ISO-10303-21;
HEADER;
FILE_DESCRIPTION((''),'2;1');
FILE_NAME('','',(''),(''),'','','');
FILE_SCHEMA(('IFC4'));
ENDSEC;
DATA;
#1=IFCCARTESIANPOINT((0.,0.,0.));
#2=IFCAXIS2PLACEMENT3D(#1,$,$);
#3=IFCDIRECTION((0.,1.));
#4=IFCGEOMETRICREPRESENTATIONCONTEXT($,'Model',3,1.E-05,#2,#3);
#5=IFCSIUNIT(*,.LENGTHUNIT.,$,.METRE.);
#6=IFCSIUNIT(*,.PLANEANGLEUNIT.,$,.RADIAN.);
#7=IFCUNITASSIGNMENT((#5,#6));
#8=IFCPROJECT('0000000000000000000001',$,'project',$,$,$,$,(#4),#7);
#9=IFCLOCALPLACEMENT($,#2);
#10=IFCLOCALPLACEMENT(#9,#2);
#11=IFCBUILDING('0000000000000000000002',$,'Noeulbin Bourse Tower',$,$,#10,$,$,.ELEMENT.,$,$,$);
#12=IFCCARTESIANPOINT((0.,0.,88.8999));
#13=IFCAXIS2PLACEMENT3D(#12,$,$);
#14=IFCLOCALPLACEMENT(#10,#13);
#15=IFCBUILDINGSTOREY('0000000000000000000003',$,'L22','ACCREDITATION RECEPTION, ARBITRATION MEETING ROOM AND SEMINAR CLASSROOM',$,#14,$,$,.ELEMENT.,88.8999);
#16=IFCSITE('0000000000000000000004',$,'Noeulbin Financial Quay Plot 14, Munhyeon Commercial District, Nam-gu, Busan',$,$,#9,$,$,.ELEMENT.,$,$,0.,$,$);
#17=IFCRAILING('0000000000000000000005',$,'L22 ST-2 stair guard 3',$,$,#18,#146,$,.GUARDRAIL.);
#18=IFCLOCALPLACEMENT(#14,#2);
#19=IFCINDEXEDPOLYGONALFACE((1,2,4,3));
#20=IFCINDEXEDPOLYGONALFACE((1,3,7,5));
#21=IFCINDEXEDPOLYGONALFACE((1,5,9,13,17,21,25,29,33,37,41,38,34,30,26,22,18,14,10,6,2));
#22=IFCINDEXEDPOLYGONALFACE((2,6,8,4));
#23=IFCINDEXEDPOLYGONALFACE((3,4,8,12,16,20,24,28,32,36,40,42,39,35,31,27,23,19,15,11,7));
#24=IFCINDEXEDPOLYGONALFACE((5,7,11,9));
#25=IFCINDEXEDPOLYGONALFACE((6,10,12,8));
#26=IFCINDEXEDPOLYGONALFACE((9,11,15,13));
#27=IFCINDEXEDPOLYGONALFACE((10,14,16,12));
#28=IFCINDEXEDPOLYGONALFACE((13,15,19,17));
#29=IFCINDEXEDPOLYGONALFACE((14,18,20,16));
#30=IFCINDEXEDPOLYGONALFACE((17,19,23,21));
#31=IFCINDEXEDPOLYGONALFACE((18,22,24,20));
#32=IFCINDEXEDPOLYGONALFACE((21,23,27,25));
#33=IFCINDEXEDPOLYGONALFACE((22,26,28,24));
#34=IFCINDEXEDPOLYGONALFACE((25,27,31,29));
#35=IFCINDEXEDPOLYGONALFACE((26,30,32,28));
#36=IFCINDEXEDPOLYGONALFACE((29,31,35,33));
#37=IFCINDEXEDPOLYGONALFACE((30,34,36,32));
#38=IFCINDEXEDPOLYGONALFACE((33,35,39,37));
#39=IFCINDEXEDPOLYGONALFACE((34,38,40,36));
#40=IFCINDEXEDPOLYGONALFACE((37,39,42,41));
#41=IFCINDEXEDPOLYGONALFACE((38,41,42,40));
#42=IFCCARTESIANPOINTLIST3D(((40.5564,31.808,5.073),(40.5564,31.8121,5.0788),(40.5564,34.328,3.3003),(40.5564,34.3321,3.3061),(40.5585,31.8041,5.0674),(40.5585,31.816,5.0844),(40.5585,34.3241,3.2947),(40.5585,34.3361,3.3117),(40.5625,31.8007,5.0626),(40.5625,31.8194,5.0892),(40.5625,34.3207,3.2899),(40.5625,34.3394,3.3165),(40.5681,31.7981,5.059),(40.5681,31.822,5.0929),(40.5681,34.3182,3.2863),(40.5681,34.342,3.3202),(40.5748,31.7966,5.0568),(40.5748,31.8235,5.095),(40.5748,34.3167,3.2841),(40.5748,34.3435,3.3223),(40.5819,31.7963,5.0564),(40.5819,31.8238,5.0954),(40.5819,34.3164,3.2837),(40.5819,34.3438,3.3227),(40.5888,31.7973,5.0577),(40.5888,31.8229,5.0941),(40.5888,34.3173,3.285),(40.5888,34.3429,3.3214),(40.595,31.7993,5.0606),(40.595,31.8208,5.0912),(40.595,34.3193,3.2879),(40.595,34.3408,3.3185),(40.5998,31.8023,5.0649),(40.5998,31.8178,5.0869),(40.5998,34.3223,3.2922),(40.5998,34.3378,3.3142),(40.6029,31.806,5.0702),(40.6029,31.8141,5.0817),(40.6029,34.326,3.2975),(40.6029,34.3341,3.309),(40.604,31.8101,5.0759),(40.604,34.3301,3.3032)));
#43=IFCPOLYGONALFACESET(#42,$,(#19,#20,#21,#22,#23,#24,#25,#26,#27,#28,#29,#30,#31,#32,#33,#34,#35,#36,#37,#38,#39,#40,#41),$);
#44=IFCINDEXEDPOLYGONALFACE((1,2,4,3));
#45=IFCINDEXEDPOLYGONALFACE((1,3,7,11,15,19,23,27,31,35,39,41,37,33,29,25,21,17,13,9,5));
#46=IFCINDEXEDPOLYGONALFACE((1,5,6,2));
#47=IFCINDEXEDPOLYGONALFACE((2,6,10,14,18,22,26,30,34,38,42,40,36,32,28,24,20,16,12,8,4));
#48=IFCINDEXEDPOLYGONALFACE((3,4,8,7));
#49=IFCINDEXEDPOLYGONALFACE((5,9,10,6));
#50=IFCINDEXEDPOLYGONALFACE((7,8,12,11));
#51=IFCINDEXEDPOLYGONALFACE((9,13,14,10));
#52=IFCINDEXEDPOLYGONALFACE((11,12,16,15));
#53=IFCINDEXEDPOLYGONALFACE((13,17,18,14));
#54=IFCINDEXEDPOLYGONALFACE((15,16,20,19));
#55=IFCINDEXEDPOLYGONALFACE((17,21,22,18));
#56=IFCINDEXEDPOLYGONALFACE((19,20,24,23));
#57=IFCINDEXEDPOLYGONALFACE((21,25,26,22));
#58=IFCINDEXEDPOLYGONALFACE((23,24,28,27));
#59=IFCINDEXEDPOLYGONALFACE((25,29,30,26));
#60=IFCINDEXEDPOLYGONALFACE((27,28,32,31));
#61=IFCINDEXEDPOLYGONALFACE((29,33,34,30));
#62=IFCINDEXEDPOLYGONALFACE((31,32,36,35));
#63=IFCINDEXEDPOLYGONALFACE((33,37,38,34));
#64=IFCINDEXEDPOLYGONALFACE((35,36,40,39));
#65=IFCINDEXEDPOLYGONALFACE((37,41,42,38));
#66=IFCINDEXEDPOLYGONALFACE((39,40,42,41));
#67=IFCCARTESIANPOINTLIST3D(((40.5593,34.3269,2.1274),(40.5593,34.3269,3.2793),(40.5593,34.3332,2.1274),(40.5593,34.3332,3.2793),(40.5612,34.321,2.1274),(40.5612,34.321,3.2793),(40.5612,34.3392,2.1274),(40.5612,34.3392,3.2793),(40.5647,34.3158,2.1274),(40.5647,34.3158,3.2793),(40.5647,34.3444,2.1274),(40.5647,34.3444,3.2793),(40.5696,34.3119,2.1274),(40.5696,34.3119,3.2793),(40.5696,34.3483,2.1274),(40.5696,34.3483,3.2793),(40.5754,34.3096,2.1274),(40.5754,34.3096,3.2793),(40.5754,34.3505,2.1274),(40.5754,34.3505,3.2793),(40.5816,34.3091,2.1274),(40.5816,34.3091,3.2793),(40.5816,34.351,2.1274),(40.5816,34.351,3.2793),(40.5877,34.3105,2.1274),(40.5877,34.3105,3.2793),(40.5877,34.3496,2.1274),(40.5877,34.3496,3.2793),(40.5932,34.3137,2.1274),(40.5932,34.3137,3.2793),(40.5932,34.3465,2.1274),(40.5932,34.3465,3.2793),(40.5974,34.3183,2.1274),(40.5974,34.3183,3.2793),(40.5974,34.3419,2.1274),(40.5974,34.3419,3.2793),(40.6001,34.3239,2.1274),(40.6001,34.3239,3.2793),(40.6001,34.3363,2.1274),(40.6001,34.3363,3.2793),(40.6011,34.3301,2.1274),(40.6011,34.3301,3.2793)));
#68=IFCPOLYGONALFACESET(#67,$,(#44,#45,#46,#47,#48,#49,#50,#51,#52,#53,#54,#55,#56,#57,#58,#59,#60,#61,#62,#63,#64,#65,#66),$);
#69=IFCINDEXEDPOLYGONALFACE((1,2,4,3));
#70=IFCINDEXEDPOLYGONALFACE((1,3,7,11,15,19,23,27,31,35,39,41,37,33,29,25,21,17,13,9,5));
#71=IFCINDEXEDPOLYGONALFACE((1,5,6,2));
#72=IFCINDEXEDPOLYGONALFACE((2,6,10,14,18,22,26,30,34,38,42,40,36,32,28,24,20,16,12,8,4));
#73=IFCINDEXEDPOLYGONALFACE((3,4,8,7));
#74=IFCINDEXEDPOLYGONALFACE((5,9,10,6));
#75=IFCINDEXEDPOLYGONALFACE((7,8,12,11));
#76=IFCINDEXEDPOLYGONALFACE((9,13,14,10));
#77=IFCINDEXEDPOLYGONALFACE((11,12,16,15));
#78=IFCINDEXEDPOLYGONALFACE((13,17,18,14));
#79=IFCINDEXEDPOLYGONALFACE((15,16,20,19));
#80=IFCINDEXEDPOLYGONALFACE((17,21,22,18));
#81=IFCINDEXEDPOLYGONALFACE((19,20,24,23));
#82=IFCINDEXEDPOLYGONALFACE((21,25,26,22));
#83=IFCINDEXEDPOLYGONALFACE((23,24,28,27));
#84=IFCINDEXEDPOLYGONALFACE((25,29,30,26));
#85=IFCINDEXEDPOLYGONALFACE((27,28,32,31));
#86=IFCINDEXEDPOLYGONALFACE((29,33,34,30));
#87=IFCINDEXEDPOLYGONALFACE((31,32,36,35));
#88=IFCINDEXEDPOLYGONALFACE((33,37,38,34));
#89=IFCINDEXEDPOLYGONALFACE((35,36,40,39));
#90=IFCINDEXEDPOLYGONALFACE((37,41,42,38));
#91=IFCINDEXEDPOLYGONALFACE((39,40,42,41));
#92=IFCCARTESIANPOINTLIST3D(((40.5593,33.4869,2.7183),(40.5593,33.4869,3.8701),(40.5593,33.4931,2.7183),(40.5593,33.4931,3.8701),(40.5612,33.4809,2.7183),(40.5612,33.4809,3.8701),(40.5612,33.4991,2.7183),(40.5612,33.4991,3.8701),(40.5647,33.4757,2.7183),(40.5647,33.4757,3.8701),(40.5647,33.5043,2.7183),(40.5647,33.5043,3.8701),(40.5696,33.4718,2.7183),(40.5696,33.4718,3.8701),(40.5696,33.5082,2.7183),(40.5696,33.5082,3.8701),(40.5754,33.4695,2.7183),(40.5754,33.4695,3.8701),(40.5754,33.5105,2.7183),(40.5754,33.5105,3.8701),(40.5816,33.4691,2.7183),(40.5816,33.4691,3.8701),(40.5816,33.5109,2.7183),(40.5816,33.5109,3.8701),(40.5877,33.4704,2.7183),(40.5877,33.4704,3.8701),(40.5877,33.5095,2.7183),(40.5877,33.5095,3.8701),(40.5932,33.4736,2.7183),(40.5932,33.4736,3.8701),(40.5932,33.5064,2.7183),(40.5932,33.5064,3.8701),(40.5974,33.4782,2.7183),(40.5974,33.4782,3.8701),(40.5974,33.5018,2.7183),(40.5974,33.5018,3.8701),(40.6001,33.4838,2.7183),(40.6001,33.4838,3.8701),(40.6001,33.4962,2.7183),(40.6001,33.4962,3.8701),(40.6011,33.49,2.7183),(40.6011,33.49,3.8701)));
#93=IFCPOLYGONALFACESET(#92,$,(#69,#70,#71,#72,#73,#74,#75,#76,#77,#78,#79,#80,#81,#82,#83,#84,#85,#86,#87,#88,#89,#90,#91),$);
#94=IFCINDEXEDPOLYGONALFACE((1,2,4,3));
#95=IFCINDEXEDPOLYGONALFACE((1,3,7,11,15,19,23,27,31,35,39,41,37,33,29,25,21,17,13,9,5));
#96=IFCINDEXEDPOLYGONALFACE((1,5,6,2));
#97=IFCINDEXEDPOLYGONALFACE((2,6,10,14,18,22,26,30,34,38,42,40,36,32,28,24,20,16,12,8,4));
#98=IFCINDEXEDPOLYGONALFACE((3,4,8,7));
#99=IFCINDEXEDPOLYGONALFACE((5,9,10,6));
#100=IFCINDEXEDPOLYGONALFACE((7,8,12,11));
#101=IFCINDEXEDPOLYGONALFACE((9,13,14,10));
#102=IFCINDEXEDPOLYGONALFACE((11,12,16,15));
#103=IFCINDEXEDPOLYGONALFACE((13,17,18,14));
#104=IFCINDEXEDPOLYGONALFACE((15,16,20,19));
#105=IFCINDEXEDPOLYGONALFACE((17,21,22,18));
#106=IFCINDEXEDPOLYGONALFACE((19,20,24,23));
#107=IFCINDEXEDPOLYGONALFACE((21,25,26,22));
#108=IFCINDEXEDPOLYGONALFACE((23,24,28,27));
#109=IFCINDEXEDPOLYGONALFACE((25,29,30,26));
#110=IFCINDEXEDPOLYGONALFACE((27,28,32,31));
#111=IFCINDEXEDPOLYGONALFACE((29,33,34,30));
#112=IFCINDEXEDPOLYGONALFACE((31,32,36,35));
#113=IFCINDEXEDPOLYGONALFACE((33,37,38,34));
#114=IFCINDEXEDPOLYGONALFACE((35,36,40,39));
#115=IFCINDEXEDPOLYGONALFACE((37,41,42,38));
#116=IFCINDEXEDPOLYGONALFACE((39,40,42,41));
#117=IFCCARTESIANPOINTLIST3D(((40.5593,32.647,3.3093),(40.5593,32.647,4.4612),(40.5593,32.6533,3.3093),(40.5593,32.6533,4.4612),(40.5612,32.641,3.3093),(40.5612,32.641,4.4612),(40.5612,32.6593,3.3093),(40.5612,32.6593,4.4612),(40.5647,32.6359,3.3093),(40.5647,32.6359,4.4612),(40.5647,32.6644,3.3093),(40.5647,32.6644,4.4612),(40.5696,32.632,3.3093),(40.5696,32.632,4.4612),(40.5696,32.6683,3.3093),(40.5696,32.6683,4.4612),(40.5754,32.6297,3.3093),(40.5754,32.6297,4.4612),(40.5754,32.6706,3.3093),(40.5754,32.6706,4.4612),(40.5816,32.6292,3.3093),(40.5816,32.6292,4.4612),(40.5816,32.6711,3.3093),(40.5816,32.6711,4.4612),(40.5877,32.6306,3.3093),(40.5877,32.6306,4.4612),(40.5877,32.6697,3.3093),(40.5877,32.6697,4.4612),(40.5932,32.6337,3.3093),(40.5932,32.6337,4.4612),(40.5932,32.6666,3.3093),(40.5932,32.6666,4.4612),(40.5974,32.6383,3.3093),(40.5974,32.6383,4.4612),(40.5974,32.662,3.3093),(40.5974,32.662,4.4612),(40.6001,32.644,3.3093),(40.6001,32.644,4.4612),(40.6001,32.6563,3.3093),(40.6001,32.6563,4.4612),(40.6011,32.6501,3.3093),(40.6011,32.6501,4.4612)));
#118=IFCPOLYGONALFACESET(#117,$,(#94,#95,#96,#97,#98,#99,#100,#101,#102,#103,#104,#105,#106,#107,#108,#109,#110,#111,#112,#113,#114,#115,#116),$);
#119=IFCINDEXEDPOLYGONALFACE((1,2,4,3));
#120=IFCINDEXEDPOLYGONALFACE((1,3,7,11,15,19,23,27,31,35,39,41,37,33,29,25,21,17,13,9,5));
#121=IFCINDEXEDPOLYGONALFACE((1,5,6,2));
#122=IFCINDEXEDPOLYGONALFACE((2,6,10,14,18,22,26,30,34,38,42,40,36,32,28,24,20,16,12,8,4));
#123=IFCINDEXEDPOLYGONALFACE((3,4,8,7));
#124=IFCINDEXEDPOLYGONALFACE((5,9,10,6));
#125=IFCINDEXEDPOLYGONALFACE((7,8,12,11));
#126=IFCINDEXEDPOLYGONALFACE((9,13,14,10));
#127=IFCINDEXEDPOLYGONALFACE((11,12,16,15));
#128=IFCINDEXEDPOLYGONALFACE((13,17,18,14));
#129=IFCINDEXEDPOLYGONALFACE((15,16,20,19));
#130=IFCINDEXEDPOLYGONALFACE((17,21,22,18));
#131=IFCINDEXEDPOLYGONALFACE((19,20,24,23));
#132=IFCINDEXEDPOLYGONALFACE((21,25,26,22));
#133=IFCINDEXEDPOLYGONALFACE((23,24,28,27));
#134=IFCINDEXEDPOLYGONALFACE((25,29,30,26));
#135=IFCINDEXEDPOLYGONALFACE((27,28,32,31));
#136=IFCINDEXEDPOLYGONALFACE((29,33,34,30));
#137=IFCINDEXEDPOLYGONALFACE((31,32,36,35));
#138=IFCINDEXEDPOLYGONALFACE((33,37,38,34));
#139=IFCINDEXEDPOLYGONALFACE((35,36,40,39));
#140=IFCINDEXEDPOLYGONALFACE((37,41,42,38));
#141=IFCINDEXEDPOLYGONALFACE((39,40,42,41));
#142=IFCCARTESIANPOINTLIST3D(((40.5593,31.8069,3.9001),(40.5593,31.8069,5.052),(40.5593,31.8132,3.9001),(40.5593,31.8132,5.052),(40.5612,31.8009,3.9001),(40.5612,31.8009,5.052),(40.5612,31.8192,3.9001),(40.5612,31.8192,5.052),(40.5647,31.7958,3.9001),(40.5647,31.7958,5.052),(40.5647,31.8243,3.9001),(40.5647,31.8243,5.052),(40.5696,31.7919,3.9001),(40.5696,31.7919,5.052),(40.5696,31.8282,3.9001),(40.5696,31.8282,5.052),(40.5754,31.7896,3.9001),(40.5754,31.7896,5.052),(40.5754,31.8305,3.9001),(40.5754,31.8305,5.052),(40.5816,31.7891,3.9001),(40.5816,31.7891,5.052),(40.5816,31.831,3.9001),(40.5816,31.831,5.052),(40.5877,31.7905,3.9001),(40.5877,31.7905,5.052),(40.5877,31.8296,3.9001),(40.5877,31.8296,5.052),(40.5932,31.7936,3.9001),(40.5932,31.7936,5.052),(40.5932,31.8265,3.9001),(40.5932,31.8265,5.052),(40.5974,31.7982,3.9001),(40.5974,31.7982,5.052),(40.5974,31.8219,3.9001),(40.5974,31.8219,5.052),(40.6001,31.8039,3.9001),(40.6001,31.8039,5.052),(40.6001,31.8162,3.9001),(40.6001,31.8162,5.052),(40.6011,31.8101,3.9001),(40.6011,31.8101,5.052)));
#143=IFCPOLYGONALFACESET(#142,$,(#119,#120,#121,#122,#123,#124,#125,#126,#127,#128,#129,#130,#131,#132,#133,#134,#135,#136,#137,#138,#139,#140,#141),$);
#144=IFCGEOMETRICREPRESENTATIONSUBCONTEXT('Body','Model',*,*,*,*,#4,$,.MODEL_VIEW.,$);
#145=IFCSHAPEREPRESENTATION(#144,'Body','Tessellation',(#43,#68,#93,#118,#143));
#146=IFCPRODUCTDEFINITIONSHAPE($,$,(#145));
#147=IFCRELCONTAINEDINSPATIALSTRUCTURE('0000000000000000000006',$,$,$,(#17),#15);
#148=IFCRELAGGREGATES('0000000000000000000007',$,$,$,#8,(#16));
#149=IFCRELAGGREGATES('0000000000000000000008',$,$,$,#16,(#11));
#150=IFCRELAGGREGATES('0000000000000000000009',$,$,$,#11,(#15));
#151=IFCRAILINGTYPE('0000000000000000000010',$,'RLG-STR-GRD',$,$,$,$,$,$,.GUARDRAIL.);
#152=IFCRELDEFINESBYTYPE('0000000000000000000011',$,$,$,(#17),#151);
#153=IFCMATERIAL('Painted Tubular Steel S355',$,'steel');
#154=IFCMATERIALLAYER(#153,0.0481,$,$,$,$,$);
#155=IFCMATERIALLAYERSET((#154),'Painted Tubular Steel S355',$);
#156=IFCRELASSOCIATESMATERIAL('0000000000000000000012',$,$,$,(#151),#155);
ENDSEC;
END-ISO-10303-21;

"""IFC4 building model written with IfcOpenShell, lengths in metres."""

from ifc_helpers import new_model, si_unit, direction, frame, origin, origin_2d, place, context, subcontext, project, spatial, circle, extrude, material, layer, layer_set, type_object, element, save


model = new_model("IFC4")

# Units and contexts
model_context = context("Model", 3, precision=1e-05, world=origin(), true_north=direction((0.0, 1.0)))
body_context = subcontext(model_context, "Body", "Model", "MODEL_VIEW")
ifc_project = project(units=[si_unit("LENGTHUNIT", "METRE"), si_unit("PLANEANGLEUNIT", "RADIAN")], contexts=[model_context])

# Site, building, storey
site_placement = place(None, origin())
site = spatial("IfcSite", under=ifc_project, at=site_placement, Name="Noeulbin Financial Quay Plot 14, Munhyeon Commercial District, Nam-gu, Busan", CompositionType="ELEMENT", RefElevation=0.0)
building_placement = place(site_placement, origin())
building = spatial("IfcBuilding", under=site, at=building_placement, Name="Noeulbin Bourse Tower", CompositionType="ELEMENT")
storey_placement = place(building_placement, frame((0.0, 0.0, 88.8999)))
storey = spatial("IfcBuildingStorey", under=building, at=storey_placement, Name="L22", Description="ACCREDITATION RECEPTION, ARBITRATION MEETING ROOM AND SEMINAR CLASSROOM", CompositionType="ELEMENT", Elevation=88.8999)

# Railing
ifc_material_1 = material(Name="Painted Tubular Steel S355", Category="steel")
ifc_layer_1 = layer(ifc_material_1, 0.0481)
ifc_layer_set_1 = layer_set([ifc_layer_1], Name="Painted Tubular Steel S355")
railing_type_1 = type_object("IfcRailingType", Name="RLG-STR-GRD", PredefinedType="GUARDRAIL", material=ifc_layer_set_1)
railing_1_placement = place(storey_placement, frame((40.5801, 34.3301, 2.1274)))
element("IfcRailing", 1, at=railing_1_placement, inside=storey, type_object=railing_type_1, Name="L22 ST-2 stair guard 3", PredefinedType="GUARDRAIL", context=body_context, shape_type="SweptSolid", body=[
    extrude(circle(Radius=0.0239, at=origin_2d()), frame((0.0, 0.0, 1.1758), z_axis=(0.0, -0.817904, 0.575354), x_axis=(1.0, 0.0, 0.0)), (0.0, 0.0, 1.0), 3.0811),
    extrude(circle(Radius=0.021, at=origin_2d()), origin(), (0.0, 0.0, 1.0), 1.1519),
    extrude(circle(Radius=0.021, at=origin_2d()), frame((0.0, -0.8401, 0.5908)), (0.0, 0.0, 1.0), 1.1519),
    extrude(circle(Radius=0.021, at=origin_2d()), frame((0.0, -1.6799, 1.1819)), (0.0, 0.0, 1.0), 1.1519),
    extrude(circle(Radius=0.021, at=origin_2d()), frame((0.0, -2.52, 1.7727)), (0.0, 0.0, 1.0), 1.1519),
])

save(model, "model.ifc")
